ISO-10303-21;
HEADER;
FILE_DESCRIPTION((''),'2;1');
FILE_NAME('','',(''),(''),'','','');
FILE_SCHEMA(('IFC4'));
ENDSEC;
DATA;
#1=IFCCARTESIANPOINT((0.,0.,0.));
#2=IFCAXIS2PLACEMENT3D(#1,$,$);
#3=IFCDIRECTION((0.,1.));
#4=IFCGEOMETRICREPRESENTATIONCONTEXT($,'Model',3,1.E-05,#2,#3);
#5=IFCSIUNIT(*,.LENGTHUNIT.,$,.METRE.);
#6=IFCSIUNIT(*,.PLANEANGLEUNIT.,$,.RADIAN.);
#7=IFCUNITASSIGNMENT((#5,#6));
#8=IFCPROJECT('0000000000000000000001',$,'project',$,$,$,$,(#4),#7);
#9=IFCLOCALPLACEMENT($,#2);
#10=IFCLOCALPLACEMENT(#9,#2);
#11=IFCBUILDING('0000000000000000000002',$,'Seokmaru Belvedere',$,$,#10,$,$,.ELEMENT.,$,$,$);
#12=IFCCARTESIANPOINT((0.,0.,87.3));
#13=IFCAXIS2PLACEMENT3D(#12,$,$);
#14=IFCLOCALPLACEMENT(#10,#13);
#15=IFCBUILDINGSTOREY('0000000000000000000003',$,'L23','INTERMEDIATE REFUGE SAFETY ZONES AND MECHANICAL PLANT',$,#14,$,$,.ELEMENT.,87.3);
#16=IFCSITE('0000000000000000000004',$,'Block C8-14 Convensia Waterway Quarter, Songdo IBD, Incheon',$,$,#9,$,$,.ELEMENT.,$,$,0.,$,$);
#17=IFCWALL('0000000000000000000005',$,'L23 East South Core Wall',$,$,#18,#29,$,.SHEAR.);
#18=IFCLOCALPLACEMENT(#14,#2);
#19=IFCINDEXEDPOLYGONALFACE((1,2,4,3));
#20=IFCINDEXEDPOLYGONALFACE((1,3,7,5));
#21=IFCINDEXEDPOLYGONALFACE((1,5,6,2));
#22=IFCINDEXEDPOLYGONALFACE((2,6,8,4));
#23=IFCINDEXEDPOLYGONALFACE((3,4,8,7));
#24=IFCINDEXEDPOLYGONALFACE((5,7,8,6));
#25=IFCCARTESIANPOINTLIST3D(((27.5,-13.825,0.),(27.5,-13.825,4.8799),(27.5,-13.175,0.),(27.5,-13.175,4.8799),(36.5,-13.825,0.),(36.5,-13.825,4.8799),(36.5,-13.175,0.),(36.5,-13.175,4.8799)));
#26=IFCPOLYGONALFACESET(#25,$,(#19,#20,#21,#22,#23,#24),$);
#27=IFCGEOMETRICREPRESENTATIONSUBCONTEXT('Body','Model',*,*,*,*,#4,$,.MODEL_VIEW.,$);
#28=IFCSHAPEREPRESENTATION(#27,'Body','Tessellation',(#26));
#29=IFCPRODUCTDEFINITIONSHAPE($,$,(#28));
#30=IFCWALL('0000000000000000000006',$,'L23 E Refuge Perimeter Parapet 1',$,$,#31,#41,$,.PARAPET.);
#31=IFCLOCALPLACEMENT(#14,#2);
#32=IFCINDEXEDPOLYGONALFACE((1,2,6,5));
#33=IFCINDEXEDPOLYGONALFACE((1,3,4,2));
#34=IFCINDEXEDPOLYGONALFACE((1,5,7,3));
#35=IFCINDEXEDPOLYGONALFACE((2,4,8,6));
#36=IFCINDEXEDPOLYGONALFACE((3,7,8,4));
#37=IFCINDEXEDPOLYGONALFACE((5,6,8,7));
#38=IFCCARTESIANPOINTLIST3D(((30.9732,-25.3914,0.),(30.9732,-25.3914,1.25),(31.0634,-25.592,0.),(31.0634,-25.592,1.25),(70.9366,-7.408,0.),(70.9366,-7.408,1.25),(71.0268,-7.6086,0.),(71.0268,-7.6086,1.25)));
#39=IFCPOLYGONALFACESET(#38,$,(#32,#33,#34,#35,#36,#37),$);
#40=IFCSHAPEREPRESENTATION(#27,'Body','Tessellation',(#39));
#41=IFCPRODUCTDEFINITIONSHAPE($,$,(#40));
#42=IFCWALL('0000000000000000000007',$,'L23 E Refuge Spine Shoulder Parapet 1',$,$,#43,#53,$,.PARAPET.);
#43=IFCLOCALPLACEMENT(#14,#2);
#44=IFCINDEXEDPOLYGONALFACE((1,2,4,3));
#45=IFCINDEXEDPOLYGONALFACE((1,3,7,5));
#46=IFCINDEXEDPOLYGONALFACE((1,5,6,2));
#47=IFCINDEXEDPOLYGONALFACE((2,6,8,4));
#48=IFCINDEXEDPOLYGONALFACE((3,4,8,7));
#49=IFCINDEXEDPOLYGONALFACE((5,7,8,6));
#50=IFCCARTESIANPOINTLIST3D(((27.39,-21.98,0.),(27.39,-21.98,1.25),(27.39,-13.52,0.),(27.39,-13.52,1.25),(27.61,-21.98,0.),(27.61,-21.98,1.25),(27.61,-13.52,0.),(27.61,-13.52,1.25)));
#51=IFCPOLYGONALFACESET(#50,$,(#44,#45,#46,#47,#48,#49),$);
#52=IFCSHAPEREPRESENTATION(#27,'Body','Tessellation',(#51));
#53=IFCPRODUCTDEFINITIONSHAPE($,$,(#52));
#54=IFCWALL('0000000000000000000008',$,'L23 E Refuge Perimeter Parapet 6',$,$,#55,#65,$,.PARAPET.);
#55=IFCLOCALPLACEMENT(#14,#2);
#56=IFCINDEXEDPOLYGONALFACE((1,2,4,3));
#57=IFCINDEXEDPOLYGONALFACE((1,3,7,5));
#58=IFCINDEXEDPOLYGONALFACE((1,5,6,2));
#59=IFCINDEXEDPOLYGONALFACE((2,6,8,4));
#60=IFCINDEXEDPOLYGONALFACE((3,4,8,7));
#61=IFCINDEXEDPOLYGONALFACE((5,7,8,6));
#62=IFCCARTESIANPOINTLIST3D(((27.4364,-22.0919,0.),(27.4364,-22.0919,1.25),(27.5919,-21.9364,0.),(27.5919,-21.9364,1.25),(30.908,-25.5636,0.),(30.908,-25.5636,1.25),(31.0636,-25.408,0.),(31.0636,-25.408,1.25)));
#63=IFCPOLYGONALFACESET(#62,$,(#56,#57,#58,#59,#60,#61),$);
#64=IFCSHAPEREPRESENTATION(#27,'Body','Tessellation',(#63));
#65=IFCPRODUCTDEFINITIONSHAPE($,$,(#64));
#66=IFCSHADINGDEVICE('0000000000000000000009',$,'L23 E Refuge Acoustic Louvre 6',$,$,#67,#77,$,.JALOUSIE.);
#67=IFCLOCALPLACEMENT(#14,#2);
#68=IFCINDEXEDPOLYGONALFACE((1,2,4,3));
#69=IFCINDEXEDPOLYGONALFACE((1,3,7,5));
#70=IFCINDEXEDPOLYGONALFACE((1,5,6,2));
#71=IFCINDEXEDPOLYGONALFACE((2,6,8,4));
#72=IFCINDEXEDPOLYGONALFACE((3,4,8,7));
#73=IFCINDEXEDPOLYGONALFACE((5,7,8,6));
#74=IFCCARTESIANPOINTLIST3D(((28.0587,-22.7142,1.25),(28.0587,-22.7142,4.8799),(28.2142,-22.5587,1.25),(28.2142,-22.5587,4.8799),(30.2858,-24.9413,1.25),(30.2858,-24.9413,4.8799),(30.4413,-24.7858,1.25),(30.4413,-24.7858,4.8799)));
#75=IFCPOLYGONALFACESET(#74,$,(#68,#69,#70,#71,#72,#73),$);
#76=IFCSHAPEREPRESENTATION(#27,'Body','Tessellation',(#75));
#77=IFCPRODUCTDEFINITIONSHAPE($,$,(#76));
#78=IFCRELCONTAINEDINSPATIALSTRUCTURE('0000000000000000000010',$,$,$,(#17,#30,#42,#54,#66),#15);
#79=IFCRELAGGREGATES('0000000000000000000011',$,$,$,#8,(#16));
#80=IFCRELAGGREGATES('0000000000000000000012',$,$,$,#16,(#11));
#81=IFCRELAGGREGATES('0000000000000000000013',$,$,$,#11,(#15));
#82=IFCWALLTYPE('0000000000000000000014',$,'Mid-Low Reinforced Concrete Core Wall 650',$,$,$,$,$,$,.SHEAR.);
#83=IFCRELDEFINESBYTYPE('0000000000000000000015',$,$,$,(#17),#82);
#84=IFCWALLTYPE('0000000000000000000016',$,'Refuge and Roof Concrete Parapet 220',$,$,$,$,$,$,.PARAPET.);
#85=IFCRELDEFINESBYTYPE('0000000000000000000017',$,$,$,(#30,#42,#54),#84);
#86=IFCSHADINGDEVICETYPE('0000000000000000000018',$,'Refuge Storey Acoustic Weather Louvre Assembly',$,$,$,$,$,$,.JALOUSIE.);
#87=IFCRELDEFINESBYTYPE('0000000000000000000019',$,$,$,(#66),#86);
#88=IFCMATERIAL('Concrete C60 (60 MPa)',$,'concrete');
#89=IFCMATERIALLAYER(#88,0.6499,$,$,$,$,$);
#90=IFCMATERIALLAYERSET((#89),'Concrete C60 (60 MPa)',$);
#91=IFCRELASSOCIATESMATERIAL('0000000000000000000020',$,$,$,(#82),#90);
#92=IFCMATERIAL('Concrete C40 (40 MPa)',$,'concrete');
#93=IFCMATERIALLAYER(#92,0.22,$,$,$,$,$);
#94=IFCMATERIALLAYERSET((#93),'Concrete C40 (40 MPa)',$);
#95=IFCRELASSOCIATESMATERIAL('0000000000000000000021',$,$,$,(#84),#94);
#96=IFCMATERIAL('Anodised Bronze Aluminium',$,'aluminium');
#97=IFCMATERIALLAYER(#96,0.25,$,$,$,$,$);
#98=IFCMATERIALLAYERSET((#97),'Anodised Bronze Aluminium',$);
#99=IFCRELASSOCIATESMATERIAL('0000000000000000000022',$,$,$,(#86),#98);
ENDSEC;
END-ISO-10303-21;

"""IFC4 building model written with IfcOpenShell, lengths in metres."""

from ifc_helpers import new_model, si_unit, direction, frame, frame_2d, origin, origin_2d, place, context, subcontext, project, spatial, rectangle, extrude, source, transform, mapped, material, layer, layer_set, type_object, type_shapes, element, save


model = new_model("IFC4")

# Units and contexts
model_context = context("Model", 3, precision=1e-05, world=origin(), true_north=direction((0.0, 1.0)))
body_context = subcontext(model_context, "Body", "Model", "MODEL_VIEW")
ifc_project = project(units=[si_unit("LENGTHUNIT", "METRE"), si_unit("PLANEANGLEUNIT", "RADIAN")], contexts=[model_context])

# Site, building, storey
site_placement = place(None, origin())
site = spatial("IfcSite", under=ifc_project, at=site_placement, Name="Block C8-14 Convensia Waterway Quarter, Songdo IBD, Incheon", CompositionType="ELEMENT", RefElevation=0.0)
building_placement = place(site_placement, origin())
building = spatial("IfcBuilding", under=site, at=building_placement, Name="Seokmaru Belvedere", CompositionType="ELEMENT")
storey_placement = place(building_placement, frame((0.0, 0.0, 87.3)))
storey = spatial("IfcBuildingStorey", under=building, at=storey_placement, Name="L23", Description="INTERMEDIATE REFUGE SAFETY ZONES AND MECHANICAL PLANT", CompositionType="ELEMENT", Elevation=87.3)

# Walls
ifc_material_1 = material(Name="Concrete C60 (60 MPa)", Category="concrete")
ifc_layer_1 = layer(ifc_material_1, 0.6499)
ifc_layer_set_1 = layer_set([ifc_layer_1], Name="Concrete C60 (60 MPa)")
wall_type_1 = type_object("IfcWallType", Name="Mid-Low Reinforced Concrete Core Wall 650", PredefinedType="SHEAR", material=ifc_layer_set_1)
wall_1_placement = place(storey_placement, frame((27.5, -13.5, 0.0), z_axis=(0.0, 0.0, 1.0), x_axis=(1.0, 0.0, 0.0)))
element("IfcWall", 1, at=wall_1_placement, inside=storey, type_object=wall_type_1, Name="L23 East South Core Wall", PredefinedType="SHEAR", context=body_context, shape_type="SweptSolid", body=[
    extrude(rectangle(XDim=9.0, YDim=0.6499, at=frame_2d((4.5, 0.0))), origin(), (0.0, 0.0, 1.0), 4.8799),
])
ifc_material_2 = material(Name="Concrete C40 (40 MPa)", Category="concrete")
ifc_layer_2 = layer(ifc_material_2, 0.22)
ifc_layer_set_2 = layer_set([ifc_layer_2], Name="Concrete C40 (40 MPa)")
wall_type_2 = type_object("IfcWallType", Name="Refuge and Roof Concrete Parapet 220", PredefinedType="PARAPET", material=ifc_layer_set_2)
wall_2_placement = place(storey_placement, frame((31.0183, -25.4917, 0.0), z_axis=(0.0, 0.0, 1.0), x_axis=(0.911923, 0.410362, 0.0)))
element("IfcWall", 2, at=wall_2_placement, inside=storey, type_object=wall_type_2, Name="L23 E Refuge Perimeter Parapet 1", PredefinedType="PARAPET", context=body_context, shape_type="SweptSolid", body=[
    extrude(rectangle(XDim=43.8232, YDim=0.22, at=frame_2d((21.9116, 0.0))), origin(), (0.0, 0.0, 1.0), 1.25),
])
wall_3_placement = place(storey_placement, frame((27.5, -21.98, 0.0), z_axis=(0.0, 0.0, 1.0), x_axis=(0.0, 1.0, 0.0)))
element("IfcWall", 3, at=wall_3_placement, inside=storey, type_object=wall_type_2, Name="L23 E Refuge Spine Shoulder Parapet 1", PredefinedType="PARAPET", context=body_context, shape_type="SweptSolid", body=[
    extrude(rectangle(XDim=8.46, YDim=0.22, at=frame_2d((4.23, 0.0))), origin(), (0.0, 0.0, 1.0), 1.25),
])
wall_4_placement = place(storey_placement, frame((27.5142, -22.0142, 0.0), z_axis=(0.0, 0.0, 1.0), x_axis=(0.707107, -0.707107, 0.0)))
element("IfcWall", 4, at=wall_4_placement, inside=storey, type_object=wall_type_2, Name="L23 E Refuge Perimeter Parapet 6", PredefinedType="PARAPET", context=body_context, shape_type="SweptSolid", body=[
    extrude(rectangle(XDim=4.9097, YDim=0.22, at=frame_2d((2.4548, 0.0))), origin(), (0.0, 0.0, 1.0), 1.25),
])

# Shading device
ifc_material_3 = material(Name="Anodised Bronze Aluminium", Category="aluminium")
ifc_layer_3 = layer(ifc_material_3, 0.25)
ifc_layer_set_3 = layer_set([ifc_layer_3], Name="Anodised Bronze Aluminium")
shading_device_type = type_object("IfcShadingDeviceType", Name="Refuge Storey Acoustic Weather Louvre Assembly", PredefinedType="JALOUSIE", material=ifc_layer_set_3)
shared_shape_1 = source(origin(), body_context, "Body", "SweptSolid", [
    extrude(rectangle(XDim=3.1497, YDim=0.22, at=origin_2d()), origin(), (0.0, 0.0, 1.0), 3.6299),
])
type_shapes(shading_device_type, [shared_shape_1])
shading_device_placement = place(storey_placement, frame((29.25, -23.75, 1.25), z_axis=(0.0, 0.0, 1.0), x_axis=(0.707107, -0.707107, 0.0)))
element("IfcShadingDevice", 5, at=shading_device_placement, inside=storey, type_object=shading_device_type, Name="L23 E Refuge Acoustic Louvre 6", PredefinedType="JALOUSIE", context=body_context, shape_type="MappedRepresentation", body=[
    mapped(shared_shape_1, transform((0.0, 0.0, 0.0), scale=1.0)),
])

save(model, "model.ifc")
